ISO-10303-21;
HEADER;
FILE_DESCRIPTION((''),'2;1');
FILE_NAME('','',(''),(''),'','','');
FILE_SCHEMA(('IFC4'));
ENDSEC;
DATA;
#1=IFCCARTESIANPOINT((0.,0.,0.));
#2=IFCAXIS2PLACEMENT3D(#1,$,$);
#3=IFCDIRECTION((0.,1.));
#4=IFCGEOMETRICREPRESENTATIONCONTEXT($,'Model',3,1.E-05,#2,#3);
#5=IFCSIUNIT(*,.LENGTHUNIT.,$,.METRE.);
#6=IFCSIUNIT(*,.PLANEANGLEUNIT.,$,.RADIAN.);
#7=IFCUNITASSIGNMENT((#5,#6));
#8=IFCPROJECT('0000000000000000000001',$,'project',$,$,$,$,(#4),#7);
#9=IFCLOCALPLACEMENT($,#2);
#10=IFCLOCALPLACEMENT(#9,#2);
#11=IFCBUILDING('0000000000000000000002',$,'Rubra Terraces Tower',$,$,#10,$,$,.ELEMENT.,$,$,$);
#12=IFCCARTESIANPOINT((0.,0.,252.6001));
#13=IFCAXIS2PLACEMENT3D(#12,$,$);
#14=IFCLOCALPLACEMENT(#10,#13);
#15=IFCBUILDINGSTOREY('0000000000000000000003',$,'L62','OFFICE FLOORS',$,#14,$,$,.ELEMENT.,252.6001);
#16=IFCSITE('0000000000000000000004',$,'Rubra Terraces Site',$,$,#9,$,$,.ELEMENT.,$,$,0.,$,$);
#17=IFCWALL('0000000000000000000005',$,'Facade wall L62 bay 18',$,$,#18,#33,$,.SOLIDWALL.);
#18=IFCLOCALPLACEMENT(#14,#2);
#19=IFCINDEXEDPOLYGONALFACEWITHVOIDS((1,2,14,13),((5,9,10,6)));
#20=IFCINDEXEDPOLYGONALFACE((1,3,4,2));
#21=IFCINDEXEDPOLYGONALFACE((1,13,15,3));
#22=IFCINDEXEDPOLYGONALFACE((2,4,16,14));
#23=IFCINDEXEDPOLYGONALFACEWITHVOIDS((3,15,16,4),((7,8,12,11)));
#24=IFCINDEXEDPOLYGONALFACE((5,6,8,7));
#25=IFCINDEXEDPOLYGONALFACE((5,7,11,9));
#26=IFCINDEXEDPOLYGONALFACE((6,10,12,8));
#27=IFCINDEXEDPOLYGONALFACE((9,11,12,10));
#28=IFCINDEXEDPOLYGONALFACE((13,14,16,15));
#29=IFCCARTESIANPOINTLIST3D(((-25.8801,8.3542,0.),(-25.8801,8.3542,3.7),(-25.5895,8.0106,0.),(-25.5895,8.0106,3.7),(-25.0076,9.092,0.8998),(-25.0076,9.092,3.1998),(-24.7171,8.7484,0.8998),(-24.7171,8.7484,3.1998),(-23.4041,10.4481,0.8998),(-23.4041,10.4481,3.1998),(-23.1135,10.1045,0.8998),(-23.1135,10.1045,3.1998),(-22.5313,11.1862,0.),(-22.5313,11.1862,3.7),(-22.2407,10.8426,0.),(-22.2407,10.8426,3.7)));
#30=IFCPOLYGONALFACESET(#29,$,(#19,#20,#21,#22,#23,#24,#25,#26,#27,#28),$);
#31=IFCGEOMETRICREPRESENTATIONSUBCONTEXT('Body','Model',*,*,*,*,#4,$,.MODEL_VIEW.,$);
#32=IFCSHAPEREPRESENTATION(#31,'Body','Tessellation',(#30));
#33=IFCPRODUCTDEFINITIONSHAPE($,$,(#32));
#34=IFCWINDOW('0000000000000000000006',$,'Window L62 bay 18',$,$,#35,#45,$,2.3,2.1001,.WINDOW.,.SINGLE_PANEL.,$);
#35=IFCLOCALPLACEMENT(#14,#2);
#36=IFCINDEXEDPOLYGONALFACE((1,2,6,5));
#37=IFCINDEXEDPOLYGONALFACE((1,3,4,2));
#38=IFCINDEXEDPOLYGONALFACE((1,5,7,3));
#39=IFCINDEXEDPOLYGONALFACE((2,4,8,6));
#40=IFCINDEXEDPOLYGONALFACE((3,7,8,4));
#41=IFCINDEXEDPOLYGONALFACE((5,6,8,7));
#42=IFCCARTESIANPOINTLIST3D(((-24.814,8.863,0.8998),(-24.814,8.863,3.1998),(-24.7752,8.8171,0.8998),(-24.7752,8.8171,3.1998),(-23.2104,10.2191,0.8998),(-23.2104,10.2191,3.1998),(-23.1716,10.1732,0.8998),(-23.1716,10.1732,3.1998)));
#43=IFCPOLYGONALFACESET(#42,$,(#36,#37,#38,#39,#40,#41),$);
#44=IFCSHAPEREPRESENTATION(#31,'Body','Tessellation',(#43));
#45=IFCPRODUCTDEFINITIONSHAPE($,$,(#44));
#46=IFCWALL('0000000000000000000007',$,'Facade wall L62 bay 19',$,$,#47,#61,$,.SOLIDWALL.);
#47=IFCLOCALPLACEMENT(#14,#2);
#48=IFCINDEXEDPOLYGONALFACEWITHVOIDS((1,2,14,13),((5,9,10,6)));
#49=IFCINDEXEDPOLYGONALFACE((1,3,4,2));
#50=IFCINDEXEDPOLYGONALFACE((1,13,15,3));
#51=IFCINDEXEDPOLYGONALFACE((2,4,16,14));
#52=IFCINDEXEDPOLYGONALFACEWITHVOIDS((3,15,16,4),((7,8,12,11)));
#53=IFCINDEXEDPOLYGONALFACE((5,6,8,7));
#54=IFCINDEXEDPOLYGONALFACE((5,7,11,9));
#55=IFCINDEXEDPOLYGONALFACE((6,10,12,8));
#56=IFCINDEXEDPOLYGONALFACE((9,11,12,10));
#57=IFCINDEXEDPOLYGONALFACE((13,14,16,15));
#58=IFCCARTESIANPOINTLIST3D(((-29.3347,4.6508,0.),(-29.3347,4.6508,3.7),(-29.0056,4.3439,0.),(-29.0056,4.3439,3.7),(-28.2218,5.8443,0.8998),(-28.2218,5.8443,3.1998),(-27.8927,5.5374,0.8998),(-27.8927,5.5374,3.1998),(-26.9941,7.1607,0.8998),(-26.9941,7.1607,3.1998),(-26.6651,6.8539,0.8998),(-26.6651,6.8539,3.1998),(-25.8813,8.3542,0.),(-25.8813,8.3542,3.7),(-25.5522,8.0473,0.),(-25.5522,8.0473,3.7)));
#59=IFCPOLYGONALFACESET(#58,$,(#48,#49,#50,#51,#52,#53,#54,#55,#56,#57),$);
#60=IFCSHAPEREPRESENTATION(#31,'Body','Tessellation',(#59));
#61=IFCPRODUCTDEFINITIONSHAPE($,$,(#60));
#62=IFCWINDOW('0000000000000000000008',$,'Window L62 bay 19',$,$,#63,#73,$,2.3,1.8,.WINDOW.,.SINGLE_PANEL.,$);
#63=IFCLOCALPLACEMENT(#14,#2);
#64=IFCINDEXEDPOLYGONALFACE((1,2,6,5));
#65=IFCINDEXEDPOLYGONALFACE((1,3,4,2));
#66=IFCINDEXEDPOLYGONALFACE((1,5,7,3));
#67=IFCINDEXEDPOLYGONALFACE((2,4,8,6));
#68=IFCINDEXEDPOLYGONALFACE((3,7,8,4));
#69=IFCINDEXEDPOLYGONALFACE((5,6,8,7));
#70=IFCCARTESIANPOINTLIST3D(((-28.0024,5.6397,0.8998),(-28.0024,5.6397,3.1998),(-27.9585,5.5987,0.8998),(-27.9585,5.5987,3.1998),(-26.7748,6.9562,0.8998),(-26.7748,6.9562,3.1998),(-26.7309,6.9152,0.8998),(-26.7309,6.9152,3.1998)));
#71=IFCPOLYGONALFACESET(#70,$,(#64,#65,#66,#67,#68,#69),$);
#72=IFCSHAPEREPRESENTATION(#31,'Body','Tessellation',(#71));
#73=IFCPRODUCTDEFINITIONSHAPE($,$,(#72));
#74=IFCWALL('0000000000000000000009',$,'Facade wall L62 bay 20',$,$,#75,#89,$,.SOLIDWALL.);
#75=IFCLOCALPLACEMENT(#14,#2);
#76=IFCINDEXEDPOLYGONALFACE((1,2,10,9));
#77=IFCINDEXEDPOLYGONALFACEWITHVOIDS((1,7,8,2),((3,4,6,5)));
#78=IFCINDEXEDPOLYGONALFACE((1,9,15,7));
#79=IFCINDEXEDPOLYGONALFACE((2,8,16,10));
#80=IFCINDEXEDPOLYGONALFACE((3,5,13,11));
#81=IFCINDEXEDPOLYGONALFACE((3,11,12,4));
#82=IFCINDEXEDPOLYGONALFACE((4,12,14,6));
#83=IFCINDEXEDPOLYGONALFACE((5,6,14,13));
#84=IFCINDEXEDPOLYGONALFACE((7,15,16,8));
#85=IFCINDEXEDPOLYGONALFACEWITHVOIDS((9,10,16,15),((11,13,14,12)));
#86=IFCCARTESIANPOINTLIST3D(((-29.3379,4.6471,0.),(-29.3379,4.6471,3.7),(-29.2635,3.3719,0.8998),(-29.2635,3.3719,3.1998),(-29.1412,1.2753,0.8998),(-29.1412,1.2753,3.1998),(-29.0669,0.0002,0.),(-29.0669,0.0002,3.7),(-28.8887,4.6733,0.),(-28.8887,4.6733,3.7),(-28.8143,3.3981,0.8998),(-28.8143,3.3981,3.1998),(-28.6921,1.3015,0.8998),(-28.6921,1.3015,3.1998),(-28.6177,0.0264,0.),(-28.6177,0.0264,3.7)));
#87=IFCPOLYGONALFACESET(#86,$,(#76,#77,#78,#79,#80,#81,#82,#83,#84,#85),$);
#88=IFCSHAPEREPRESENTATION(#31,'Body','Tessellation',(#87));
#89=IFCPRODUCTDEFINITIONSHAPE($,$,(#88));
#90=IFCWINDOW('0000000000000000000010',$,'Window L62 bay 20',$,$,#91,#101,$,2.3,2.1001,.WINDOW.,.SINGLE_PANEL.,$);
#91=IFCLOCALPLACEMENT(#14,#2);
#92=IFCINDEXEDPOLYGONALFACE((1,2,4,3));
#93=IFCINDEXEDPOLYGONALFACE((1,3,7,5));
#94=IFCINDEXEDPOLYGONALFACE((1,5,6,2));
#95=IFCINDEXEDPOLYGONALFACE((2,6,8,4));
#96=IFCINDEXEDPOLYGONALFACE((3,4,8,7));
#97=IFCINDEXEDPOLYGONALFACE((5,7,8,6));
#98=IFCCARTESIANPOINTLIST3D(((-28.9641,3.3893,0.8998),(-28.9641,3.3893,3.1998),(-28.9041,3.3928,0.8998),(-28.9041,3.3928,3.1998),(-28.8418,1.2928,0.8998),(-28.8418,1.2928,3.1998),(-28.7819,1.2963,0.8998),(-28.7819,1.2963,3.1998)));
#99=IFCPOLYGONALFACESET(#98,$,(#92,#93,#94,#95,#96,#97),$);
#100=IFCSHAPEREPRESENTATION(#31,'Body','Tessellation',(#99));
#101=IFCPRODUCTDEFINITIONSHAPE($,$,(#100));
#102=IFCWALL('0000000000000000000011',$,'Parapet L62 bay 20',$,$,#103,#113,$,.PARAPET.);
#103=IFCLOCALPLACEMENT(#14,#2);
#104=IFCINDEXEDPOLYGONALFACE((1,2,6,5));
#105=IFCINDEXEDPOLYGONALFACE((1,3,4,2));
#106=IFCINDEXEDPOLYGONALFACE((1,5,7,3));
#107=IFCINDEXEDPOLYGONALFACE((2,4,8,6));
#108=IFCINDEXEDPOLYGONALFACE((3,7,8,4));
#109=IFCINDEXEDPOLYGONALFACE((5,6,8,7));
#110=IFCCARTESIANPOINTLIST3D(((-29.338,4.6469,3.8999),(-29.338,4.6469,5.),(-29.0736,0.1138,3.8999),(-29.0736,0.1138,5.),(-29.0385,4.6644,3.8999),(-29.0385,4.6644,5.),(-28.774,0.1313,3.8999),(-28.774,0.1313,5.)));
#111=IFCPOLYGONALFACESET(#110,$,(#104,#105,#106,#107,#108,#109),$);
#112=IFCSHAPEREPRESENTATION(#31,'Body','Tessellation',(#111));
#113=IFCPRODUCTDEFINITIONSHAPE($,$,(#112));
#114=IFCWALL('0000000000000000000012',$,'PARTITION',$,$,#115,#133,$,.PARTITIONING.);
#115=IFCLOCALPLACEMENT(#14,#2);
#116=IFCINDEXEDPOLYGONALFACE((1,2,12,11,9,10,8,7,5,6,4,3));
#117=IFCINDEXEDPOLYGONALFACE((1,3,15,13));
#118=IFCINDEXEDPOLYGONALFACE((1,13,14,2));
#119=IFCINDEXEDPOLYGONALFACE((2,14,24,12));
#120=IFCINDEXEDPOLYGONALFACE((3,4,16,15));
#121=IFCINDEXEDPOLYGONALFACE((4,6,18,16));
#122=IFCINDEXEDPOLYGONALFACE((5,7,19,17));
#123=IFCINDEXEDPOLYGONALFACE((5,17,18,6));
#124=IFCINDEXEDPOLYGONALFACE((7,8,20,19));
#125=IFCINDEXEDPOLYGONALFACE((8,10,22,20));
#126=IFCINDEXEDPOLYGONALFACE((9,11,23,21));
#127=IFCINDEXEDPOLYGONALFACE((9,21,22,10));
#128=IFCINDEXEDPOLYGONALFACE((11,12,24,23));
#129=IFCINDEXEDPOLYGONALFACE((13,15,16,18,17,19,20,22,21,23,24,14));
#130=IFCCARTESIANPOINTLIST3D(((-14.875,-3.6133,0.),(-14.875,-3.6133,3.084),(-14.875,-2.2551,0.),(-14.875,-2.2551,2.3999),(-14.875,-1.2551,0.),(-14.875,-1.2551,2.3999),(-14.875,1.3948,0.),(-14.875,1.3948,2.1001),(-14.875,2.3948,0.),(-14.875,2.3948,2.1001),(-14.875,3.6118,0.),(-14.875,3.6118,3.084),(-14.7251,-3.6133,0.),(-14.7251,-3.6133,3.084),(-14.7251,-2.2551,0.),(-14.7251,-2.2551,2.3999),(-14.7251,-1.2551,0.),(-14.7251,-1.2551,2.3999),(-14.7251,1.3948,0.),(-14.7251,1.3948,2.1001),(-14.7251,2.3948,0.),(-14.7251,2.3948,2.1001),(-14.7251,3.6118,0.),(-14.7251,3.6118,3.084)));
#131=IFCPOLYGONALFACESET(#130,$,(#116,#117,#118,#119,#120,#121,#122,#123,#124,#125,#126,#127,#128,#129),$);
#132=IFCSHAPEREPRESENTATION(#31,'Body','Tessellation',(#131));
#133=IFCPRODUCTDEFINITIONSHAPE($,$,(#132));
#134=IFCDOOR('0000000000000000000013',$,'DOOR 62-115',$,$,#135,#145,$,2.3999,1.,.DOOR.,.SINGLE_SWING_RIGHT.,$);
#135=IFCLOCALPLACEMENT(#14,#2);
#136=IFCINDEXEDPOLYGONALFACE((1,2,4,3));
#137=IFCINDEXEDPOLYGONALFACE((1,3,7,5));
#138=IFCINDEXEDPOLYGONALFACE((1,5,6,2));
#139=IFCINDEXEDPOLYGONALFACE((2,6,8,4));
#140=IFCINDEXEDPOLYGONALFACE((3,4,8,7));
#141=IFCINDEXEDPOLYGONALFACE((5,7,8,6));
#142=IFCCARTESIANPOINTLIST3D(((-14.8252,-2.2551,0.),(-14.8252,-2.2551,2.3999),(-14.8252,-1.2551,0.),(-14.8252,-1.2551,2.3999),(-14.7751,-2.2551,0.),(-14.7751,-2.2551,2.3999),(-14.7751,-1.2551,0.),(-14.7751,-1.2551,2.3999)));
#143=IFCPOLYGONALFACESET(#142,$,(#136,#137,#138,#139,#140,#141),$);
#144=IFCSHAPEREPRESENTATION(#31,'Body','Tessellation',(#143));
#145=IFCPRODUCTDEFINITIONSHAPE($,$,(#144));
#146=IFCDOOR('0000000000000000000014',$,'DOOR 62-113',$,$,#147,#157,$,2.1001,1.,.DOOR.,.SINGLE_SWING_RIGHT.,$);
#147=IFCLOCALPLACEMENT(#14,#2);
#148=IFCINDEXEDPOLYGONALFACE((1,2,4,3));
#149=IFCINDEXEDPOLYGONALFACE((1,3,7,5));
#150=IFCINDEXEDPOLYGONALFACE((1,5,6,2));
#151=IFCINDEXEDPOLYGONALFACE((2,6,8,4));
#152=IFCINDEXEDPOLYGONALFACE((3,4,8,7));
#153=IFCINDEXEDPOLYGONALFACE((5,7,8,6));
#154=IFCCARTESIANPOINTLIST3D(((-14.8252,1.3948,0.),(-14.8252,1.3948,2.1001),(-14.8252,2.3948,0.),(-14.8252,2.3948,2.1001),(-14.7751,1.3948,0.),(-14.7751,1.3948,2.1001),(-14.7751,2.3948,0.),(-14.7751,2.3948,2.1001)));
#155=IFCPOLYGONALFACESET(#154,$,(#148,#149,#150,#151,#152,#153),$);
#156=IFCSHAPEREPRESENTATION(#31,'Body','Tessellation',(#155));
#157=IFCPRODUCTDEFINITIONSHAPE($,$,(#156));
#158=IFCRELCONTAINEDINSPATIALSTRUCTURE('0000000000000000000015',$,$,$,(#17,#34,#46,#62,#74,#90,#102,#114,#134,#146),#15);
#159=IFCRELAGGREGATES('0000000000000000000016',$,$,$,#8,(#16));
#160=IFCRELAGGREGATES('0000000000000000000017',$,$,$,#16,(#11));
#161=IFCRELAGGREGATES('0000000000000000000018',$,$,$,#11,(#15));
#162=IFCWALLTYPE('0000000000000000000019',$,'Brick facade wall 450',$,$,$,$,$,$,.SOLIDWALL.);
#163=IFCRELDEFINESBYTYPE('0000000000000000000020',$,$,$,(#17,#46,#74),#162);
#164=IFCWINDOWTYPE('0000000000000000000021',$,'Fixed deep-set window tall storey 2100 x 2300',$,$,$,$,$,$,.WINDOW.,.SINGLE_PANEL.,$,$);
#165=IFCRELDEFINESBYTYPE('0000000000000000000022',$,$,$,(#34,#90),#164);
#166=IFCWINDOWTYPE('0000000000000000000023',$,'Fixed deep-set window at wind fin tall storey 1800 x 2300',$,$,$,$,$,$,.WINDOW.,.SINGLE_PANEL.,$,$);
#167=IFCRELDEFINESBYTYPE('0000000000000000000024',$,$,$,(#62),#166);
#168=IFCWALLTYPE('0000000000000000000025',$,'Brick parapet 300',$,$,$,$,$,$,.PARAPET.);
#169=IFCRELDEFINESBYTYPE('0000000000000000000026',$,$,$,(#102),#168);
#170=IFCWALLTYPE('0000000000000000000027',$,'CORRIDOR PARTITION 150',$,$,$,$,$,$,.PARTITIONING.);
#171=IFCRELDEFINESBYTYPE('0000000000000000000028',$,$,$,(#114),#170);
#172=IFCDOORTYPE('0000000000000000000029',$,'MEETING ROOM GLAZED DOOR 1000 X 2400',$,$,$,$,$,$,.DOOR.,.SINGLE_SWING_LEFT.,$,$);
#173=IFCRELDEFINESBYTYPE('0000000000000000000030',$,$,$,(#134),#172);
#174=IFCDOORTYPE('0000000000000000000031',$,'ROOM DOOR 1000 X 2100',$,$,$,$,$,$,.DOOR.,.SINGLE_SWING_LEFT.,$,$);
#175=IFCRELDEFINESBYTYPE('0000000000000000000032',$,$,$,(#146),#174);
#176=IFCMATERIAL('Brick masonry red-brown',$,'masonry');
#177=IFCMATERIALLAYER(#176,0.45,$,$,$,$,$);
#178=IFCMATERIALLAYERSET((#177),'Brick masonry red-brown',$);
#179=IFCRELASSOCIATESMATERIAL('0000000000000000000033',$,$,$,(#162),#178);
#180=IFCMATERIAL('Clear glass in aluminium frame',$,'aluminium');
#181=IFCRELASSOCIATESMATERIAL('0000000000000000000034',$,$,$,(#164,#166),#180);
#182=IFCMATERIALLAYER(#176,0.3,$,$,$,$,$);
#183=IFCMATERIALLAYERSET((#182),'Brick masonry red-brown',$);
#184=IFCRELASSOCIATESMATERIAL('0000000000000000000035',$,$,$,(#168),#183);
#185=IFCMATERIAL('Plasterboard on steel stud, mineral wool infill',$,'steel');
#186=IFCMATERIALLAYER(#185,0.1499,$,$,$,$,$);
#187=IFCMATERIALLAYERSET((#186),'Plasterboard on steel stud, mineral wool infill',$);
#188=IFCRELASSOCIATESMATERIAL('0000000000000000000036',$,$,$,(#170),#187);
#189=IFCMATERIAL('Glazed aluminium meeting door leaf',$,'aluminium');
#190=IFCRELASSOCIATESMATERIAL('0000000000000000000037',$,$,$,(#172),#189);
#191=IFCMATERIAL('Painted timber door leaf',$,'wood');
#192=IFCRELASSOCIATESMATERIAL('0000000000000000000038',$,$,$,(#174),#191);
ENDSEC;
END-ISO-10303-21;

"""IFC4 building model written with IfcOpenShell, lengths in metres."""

from ifc_helpers import new_model, si_unit, direction, frame, frame_2d, origin, place, context, subcontext, project, spatial, rectangle, extrude, material, layer, layer_set, type_object, element, fill, save


model = new_model("IFC4")

# Units and contexts
model_context = context("Model", 3, precision=1e-05, world=origin(), true_north=direction((0.0, 1.0)))
body_context = subcontext(model_context, "Body", "Model", "MODEL_VIEW")
ifc_project = project(units=[si_unit("LENGTHUNIT", "METRE"), si_unit("PLANEANGLEUNIT", "RADIAN")], contexts=[model_context])

# Site, building, storey
site_placement = place(None, origin())
site = spatial("IfcSite", under=ifc_project, at=site_placement, Name="Rubra Terraces Site", CompositionType="ELEMENT", RefElevation=0.0)
building_placement = place(site_placement, origin())
building = spatial("IfcBuilding", under=site, at=building_placement, Name="Rubra Terraces Tower", CompositionType="ELEMENT")
storey_placement = place(building_placement, frame((0.0, 0.0, 252.6001)))
storey = spatial("IfcBuildingStorey", under=building, at=storey_placement, Name="L62", Description="OFFICE FLOORS", CompositionType="ELEMENT", Elevation=252.6001)

# Walls, openings, windows
ifc_material_1 = material(Name="Brick masonry red-brown", Category="masonry")
ifc_layer_1 = layer(ifc_material_1, 0.45)
ifc_layer_set_1 = layer_set([ifc_layer_1], Name="Brick masonry red-brown")
wall_type_1 = type_object("IfcWallType", Name="Brick facade wall 450", PredefinedType="SOLIDWALL", material=ifc_layer_set_1)
wall_1_placement = place(storey_placement, frame((-22.386, 11.0144, 0.0), z_axis=(0.0, 0.0, 1.0), x_axis=(-0.76357, -0.645725, 0.0)))
wall_1 = element("IfcWall", 1, at=wall_1_placement, inside=storey, type_object=wall_type_1, Name="Facade wall L62 bay 18", PredefinedType="SOLIDWALL", context=body_context, shape_type="SweptSolid", body=[
    extrude(rectangle(XDim=4.3857, YDim=0.45, at=frame_2d((2.1929, 0.0))), origin(), (0.0, 0.0, 1.0), 3.7),
])
opening_1_placement = place(wall_1_placement, frame((1.1431, 0.0, 0.8999)))
opening_1 = element("IfcOpeningElement", 2, at=opening_1_placement, cuts=wall_1, PredefinedType="OPENING", context=body_context, shape_type="SweptSolid", body=[
    extrude(rectangle(XDim=2.1001, YDim=2.3, at=frame_2d((1.05, 1.1499))), frame((0.0, 0.2349, 0.0), z_axis=(0.0, -1.0, 0.0), x_axis=(1.0, 0.0, 0.0)), (0.0, 0.0, 1.0), 0.47),
])
ifc_material_2 = material(Name="Clear glass in aluminium frame", Category="aluminium")
window_type_1 = type_object("IfcWindowType", Name="Fixed deep-set window tall storey 2100 x 2300", PartitioningType="SINGLE_PANEL", PredefinedType="WINDOW", material=ifc_material_2)
window_1_placement = place(opening_1_placement, origin())
window_1 = element("IfcWindow", 3, at=window_1_placement, inside=storey, type_object=window_type_1, Name="Window L62 bay 18", OverallHeight=2.3, OverallWidth=2.1001, PartitioningType="SINGLE_PANEL", PredefinedType="WINDOW", context=body_context, shape_type="SweptSolid", body=[
    extrude(rectangle(XDim=2.1001, YDim=2.3, at=frame_2d((1.05, 1.1499))), frame((0.0, 0.135, 0.0), z_axis=(0.0, -1.0, 0.0), x_axis=(1.0, 0.0, 0.0)), (0.0, 0.0, 1.0), 0.0601),
])
fill(opening_1, window_1)
wall_2_placement = place(storey_placement, frame((-25.7168, 8.2007, 0.0), z_axis=(0.0, 0.0, 1.0), x_axis=(-0.68199, -0.731361, 0.0)))
wall_2 = element("IfcWall", 4, at=wall_2_placement, inside=storey, type_object=wall_type_1, Name="Facade wall L62 bay 19", PredefinedType="SOLIDWALL", context=body_context, shape_type="SweptSolid", body=[
    extrude(rectangle(XDim=5.0637, YDim=0.45, at=frame_2d((2.5317, 0.0))), origin(), (0.0, 0.0, 1.0), 3.7),
])
opening_2_placement = place(wall_2_placement, frame((1.6318, 0.0, 0.8999)))
opening_2 = element("IfcOpeningElement", 5, at=opening_2_placement, cuts=wall_2, PredefinedType="OPENING", context=body_context, shape_type="SweptSolid", body=[
    extrude(rectangle(XDim=1.8, YDim=2.3, at=frame_2d((0.8999, 1.1499))), frame((0.0, 0.2349, 0.0), z_axis=(0.0, -1.0, 0.0), x_axis=(1.0, 0.0, 0.0)), (0.0, 0.0, 1.0), 0.47),
])
window_type_2 = type_object("IfcWindowType", Name="Fixed deep-set window at wind fin tall storey 1800 x 2300", PartitioningType="SINGLE_PANEL", PredefinedType="WINDOW", material=ifc_material_2)
window_2_placement = place(opening_2_placement, origin())
window_2 = element("IfcWindow", 6, at=window_2_placement, inside=storey, type_object=window_type_2, Name="Window L62 bay 19", OverallHeight=2.3, OverallWidth=1.8, PartitioningType="SINGLE_PANEL", PredefinedType="WINDOW", context=body_context, shape_type="SweptSolid", body=[
    extrude(rectangle(XDim=1.8, YDim=2.3, at=frame_2d((0.8999, 1.1499))), frame((0.0, 0.135, 0.0), z_axis=(0.0, -1.0, 0.0), x_axis=(1.0, 0.0, 0.0)), (0.0, 0.0, 1.0), 0.0601),
])
fill(opening_2, window_2)
wall_3_placement = place(storey_placement, frame((-29.1133, 4.6602, 0.0), z_axis=(0.0, 0.0, 1.0), x_axis=(0.058218, -0.998304, 0.0)))
wall_3 = element("IfcWall", 7, at=wall_3_placement, inside=storey, type_object=wall_type_1, Name="Facade wall L62 bay 20", PredefinedType="SOLIDWALL", context=body_context, shape_type="SweptSolid", body=[
    extrude(rectangle(XDim=4.6548, YDim=0.45, at=frame_2d((2.3274, 0.0))), origin(), (0.0, 0.0, 1.0), 3.7),
])
opening_3_placement = place(wall_3_placement, frame((1.2773, 0.0, 0.8999)))
opening_3 = element("IfcOpeningElement", 8, at=opening_3_placement, cuts=wall_3, PredefinedType="OPENING", context=body_context, shape_type="SweptSolid", body=[
    extrude(rectangle(XDim=2.1001, YDim=2.3, at=frame_2d((1.05, 1.1499))), frame((0.0, 0.2349, 0.0), z_axis=(0.0, -1.0, 0.0), x_axis=(1.0, 0.0, 0.0)), (0.0, 0.0, 1.0), 0.47),
])
window_3_placement = place(opening_3_placement, origin())
window_3 = element("IfcWindow", 9, at=window_3_placement, inside=storey, type_object=window_type_1, Name="Window L62 bay 20", OverallHeight=2.3, OverallWidth=2.1001, PartitioningType="SINGLE_PANEL", PredefinedType="WINDOW", context=body_context, shape_type="SweptSolid", body=[
    extrude(rectangle(XDim=2.1001, YDim=2.3, at=frame_2d((1.05, 1.1499))), frame((0.0, 0.135, 0.0), z_axis=(0.0, -1.0, 0.0), x_axis=(1.0, 0.0, 0.0)), (0.0, 0.0, 1.0), 0.0601),
])
fill(opening_3, window_3)

# Wall
ifc_layer_2 = layer(ifc_material_1, 0.3)
ifc_layer_set_2 = layer_set([ifc_layer_2], Name="Brick masonry red-brown")
wall_type_2 = type_object("IfcWallType", Name="Brick parapet 300", PredefinedType="PARAPET", material=ifc_layer_set_2)
wall_4_placement = place(storey_placement, frame((-29.1882, 4.6558, 3.8999), z_axis=(0.0, 0.0, 1.0), x_axis=(0.05823, -0.998303, 0.0)))
element("IfcWall", 10, at=wall_4_placement, inside=storey, type_object=wall_type_2, Name="Parapet L62 bay 20", PredefinedType="PARAPET", context=body_context, shape_type="SweptSolid", body=[
    extrude(rectangle(XDim=4.5408, YDim=0.3, at=frame_2d((2.2705, 0.0))), origin(), (0.0, 0.0, 1.0), 1.1001),
])

# Wall, openings, doors
ifc_material_3 = material(Name="Plasterboard on steel stud, mineral wool infill", Category="steel")
ifc_layer_3 = layer(ifc_material_3, 0.1499)
ifc_layer_set_3 = layer_set([ifc_layer_3], Name="Plasterboard on steel stud, mineral wool infill")
wall_type_3 = type_object("IfcWallType", Name="CORRIDOR PARTITION 150", PredefinedType="PARTITIONING", material=ifc_layer_set_3)
wall_5_placement = place(storey_placement, frame((-14.8, 3.6118, 0.0), z_axis=(0.0, 0.0, 1.0), x_axis=(0.0, -1.0, 0.0)))
wall_5 = element("IfcWall", 11, at=wall_5_placement, inside=storey, type_object=wall_type_3, Name="PARTITION", PredefinedType="PARTITIONING", context=body_context, shape_type="SweptSolid", body=[
    extrude(rectangle(XDim=7.2251, YDim=0.1499, at=frame_2d((3.6125, 0.0))), origin(), (0.0, 0.0, 1.0), 3.084),
])
opening_4_placement = place(wall_5_placement, frame((1.217, 0.0, 0.0)))
opening_4 = element("IfcOpeningElement", 12, at=opening_4_placement, cuts=wall_5, PredefinedType="OPENING", context=body_context, shape_type="SweptSolid", body=[
    extrude(rectangle(XDim=1.0, YDim=2.1001, at=frame_2d((0.5, 1.05))), frame((0.0, 0.085, 0.0), z_axis=(0.0, -1.0, 0.0), x_axis=(1.0, 0.0, 0.0)), (0.0, 0.0, 1.0), 0.1699),
])
opening_5_placement = place(wall_5_placement, frame((4.8669, 0.0, 0.0)))
opening_5 = element("IfcOpeningElement", 13, at=opening_5_placement, cuts=wall_5, PredefinedType="OPENING", context=body_context, shape_type="SweptSolid", body=[
    extrude(rectangle(XDim=1.0, YDim=2.3999, at=frame_2d((0.5, 1.2))), frame((0.0, 0.085, 0.0), z_axis=(0.0, -1.0, 0.0), x_axis=(1.0, 0.0, 0.0)), (0.0, 0.0, 1.0), 0.1699),
])
ifc_material_4 = material(Name="Glazed aluminium meeting door leaf", Category="aluminium")
door_type_1 = type_object("IfcDoorType", Name="MEETING ROOM GLAZED DOOR 1000 X 2400", OperationType="SINGLE_SWING_LEFT", PredefinedType="DOOR", material=ifc_material_4)
door_1_placement = place(opening_5_placement, origin())
door_1 = element("IfcDoor", 14, at=door_1_placement, inside=storey, type_object=door_type_1, Name="DOOR 62-115", OperationType="SINGLE_SWING_RIGHT", OverallHeight=2.3999, OverallWidth=1.0, PredefinedType="DOOR", context=body_context, shape_type="SweptSolid", body=[
    extrude(rectangle(XDim=1.0, YDim=2.3999, at=frame_2d((0.5, 1.2))), frame((0.0, 0.0249, 0.0), z_axis=(0.0, -1.0, 0.0), x_axis=(1.0, 0.0, 0.0)), (0.0, 0.0, 1.0), 0.05),
])
fill(opening_5, door_1)
ifc_material_5 = material(Name="Painted timber door leaf", Category="wood")
door_type_2 = type_object("IfcDoorType", Name="ROOM DOOR 1000 X 2100", OperationType="SINGLE_SWING_LEFT", PredefinedType="DOOR", material=ifc_material_5)
door_2_placement = place(opening_4_placement, origin())
door_2 = element("IfcDoor", 15, at=door_2_placement, inside=storey, type_object=door_type_2, Name="DOOR 62-113", OperationType="SINGLE_SWING_RIGHT", OverallHeight=2.1001, OverallWidth=1.0, PredefinedType="DOOR", context=body_context, shape_type="SweptSolid", body=[
    extrude(rectangle(XDim=1.0, YDim=2.1001, at=frame_2d((0.5, 1.05))), frame((0.0, 0.0249, 0.0), z_axis=(0.0, -1.0, 0.0), x_axis=(1.0, 0.0, 0.0)), (0.0, 0.0, 1.0), 0.05),
])
fill(opening_4, door_2)

save(model, "model.ifc")
